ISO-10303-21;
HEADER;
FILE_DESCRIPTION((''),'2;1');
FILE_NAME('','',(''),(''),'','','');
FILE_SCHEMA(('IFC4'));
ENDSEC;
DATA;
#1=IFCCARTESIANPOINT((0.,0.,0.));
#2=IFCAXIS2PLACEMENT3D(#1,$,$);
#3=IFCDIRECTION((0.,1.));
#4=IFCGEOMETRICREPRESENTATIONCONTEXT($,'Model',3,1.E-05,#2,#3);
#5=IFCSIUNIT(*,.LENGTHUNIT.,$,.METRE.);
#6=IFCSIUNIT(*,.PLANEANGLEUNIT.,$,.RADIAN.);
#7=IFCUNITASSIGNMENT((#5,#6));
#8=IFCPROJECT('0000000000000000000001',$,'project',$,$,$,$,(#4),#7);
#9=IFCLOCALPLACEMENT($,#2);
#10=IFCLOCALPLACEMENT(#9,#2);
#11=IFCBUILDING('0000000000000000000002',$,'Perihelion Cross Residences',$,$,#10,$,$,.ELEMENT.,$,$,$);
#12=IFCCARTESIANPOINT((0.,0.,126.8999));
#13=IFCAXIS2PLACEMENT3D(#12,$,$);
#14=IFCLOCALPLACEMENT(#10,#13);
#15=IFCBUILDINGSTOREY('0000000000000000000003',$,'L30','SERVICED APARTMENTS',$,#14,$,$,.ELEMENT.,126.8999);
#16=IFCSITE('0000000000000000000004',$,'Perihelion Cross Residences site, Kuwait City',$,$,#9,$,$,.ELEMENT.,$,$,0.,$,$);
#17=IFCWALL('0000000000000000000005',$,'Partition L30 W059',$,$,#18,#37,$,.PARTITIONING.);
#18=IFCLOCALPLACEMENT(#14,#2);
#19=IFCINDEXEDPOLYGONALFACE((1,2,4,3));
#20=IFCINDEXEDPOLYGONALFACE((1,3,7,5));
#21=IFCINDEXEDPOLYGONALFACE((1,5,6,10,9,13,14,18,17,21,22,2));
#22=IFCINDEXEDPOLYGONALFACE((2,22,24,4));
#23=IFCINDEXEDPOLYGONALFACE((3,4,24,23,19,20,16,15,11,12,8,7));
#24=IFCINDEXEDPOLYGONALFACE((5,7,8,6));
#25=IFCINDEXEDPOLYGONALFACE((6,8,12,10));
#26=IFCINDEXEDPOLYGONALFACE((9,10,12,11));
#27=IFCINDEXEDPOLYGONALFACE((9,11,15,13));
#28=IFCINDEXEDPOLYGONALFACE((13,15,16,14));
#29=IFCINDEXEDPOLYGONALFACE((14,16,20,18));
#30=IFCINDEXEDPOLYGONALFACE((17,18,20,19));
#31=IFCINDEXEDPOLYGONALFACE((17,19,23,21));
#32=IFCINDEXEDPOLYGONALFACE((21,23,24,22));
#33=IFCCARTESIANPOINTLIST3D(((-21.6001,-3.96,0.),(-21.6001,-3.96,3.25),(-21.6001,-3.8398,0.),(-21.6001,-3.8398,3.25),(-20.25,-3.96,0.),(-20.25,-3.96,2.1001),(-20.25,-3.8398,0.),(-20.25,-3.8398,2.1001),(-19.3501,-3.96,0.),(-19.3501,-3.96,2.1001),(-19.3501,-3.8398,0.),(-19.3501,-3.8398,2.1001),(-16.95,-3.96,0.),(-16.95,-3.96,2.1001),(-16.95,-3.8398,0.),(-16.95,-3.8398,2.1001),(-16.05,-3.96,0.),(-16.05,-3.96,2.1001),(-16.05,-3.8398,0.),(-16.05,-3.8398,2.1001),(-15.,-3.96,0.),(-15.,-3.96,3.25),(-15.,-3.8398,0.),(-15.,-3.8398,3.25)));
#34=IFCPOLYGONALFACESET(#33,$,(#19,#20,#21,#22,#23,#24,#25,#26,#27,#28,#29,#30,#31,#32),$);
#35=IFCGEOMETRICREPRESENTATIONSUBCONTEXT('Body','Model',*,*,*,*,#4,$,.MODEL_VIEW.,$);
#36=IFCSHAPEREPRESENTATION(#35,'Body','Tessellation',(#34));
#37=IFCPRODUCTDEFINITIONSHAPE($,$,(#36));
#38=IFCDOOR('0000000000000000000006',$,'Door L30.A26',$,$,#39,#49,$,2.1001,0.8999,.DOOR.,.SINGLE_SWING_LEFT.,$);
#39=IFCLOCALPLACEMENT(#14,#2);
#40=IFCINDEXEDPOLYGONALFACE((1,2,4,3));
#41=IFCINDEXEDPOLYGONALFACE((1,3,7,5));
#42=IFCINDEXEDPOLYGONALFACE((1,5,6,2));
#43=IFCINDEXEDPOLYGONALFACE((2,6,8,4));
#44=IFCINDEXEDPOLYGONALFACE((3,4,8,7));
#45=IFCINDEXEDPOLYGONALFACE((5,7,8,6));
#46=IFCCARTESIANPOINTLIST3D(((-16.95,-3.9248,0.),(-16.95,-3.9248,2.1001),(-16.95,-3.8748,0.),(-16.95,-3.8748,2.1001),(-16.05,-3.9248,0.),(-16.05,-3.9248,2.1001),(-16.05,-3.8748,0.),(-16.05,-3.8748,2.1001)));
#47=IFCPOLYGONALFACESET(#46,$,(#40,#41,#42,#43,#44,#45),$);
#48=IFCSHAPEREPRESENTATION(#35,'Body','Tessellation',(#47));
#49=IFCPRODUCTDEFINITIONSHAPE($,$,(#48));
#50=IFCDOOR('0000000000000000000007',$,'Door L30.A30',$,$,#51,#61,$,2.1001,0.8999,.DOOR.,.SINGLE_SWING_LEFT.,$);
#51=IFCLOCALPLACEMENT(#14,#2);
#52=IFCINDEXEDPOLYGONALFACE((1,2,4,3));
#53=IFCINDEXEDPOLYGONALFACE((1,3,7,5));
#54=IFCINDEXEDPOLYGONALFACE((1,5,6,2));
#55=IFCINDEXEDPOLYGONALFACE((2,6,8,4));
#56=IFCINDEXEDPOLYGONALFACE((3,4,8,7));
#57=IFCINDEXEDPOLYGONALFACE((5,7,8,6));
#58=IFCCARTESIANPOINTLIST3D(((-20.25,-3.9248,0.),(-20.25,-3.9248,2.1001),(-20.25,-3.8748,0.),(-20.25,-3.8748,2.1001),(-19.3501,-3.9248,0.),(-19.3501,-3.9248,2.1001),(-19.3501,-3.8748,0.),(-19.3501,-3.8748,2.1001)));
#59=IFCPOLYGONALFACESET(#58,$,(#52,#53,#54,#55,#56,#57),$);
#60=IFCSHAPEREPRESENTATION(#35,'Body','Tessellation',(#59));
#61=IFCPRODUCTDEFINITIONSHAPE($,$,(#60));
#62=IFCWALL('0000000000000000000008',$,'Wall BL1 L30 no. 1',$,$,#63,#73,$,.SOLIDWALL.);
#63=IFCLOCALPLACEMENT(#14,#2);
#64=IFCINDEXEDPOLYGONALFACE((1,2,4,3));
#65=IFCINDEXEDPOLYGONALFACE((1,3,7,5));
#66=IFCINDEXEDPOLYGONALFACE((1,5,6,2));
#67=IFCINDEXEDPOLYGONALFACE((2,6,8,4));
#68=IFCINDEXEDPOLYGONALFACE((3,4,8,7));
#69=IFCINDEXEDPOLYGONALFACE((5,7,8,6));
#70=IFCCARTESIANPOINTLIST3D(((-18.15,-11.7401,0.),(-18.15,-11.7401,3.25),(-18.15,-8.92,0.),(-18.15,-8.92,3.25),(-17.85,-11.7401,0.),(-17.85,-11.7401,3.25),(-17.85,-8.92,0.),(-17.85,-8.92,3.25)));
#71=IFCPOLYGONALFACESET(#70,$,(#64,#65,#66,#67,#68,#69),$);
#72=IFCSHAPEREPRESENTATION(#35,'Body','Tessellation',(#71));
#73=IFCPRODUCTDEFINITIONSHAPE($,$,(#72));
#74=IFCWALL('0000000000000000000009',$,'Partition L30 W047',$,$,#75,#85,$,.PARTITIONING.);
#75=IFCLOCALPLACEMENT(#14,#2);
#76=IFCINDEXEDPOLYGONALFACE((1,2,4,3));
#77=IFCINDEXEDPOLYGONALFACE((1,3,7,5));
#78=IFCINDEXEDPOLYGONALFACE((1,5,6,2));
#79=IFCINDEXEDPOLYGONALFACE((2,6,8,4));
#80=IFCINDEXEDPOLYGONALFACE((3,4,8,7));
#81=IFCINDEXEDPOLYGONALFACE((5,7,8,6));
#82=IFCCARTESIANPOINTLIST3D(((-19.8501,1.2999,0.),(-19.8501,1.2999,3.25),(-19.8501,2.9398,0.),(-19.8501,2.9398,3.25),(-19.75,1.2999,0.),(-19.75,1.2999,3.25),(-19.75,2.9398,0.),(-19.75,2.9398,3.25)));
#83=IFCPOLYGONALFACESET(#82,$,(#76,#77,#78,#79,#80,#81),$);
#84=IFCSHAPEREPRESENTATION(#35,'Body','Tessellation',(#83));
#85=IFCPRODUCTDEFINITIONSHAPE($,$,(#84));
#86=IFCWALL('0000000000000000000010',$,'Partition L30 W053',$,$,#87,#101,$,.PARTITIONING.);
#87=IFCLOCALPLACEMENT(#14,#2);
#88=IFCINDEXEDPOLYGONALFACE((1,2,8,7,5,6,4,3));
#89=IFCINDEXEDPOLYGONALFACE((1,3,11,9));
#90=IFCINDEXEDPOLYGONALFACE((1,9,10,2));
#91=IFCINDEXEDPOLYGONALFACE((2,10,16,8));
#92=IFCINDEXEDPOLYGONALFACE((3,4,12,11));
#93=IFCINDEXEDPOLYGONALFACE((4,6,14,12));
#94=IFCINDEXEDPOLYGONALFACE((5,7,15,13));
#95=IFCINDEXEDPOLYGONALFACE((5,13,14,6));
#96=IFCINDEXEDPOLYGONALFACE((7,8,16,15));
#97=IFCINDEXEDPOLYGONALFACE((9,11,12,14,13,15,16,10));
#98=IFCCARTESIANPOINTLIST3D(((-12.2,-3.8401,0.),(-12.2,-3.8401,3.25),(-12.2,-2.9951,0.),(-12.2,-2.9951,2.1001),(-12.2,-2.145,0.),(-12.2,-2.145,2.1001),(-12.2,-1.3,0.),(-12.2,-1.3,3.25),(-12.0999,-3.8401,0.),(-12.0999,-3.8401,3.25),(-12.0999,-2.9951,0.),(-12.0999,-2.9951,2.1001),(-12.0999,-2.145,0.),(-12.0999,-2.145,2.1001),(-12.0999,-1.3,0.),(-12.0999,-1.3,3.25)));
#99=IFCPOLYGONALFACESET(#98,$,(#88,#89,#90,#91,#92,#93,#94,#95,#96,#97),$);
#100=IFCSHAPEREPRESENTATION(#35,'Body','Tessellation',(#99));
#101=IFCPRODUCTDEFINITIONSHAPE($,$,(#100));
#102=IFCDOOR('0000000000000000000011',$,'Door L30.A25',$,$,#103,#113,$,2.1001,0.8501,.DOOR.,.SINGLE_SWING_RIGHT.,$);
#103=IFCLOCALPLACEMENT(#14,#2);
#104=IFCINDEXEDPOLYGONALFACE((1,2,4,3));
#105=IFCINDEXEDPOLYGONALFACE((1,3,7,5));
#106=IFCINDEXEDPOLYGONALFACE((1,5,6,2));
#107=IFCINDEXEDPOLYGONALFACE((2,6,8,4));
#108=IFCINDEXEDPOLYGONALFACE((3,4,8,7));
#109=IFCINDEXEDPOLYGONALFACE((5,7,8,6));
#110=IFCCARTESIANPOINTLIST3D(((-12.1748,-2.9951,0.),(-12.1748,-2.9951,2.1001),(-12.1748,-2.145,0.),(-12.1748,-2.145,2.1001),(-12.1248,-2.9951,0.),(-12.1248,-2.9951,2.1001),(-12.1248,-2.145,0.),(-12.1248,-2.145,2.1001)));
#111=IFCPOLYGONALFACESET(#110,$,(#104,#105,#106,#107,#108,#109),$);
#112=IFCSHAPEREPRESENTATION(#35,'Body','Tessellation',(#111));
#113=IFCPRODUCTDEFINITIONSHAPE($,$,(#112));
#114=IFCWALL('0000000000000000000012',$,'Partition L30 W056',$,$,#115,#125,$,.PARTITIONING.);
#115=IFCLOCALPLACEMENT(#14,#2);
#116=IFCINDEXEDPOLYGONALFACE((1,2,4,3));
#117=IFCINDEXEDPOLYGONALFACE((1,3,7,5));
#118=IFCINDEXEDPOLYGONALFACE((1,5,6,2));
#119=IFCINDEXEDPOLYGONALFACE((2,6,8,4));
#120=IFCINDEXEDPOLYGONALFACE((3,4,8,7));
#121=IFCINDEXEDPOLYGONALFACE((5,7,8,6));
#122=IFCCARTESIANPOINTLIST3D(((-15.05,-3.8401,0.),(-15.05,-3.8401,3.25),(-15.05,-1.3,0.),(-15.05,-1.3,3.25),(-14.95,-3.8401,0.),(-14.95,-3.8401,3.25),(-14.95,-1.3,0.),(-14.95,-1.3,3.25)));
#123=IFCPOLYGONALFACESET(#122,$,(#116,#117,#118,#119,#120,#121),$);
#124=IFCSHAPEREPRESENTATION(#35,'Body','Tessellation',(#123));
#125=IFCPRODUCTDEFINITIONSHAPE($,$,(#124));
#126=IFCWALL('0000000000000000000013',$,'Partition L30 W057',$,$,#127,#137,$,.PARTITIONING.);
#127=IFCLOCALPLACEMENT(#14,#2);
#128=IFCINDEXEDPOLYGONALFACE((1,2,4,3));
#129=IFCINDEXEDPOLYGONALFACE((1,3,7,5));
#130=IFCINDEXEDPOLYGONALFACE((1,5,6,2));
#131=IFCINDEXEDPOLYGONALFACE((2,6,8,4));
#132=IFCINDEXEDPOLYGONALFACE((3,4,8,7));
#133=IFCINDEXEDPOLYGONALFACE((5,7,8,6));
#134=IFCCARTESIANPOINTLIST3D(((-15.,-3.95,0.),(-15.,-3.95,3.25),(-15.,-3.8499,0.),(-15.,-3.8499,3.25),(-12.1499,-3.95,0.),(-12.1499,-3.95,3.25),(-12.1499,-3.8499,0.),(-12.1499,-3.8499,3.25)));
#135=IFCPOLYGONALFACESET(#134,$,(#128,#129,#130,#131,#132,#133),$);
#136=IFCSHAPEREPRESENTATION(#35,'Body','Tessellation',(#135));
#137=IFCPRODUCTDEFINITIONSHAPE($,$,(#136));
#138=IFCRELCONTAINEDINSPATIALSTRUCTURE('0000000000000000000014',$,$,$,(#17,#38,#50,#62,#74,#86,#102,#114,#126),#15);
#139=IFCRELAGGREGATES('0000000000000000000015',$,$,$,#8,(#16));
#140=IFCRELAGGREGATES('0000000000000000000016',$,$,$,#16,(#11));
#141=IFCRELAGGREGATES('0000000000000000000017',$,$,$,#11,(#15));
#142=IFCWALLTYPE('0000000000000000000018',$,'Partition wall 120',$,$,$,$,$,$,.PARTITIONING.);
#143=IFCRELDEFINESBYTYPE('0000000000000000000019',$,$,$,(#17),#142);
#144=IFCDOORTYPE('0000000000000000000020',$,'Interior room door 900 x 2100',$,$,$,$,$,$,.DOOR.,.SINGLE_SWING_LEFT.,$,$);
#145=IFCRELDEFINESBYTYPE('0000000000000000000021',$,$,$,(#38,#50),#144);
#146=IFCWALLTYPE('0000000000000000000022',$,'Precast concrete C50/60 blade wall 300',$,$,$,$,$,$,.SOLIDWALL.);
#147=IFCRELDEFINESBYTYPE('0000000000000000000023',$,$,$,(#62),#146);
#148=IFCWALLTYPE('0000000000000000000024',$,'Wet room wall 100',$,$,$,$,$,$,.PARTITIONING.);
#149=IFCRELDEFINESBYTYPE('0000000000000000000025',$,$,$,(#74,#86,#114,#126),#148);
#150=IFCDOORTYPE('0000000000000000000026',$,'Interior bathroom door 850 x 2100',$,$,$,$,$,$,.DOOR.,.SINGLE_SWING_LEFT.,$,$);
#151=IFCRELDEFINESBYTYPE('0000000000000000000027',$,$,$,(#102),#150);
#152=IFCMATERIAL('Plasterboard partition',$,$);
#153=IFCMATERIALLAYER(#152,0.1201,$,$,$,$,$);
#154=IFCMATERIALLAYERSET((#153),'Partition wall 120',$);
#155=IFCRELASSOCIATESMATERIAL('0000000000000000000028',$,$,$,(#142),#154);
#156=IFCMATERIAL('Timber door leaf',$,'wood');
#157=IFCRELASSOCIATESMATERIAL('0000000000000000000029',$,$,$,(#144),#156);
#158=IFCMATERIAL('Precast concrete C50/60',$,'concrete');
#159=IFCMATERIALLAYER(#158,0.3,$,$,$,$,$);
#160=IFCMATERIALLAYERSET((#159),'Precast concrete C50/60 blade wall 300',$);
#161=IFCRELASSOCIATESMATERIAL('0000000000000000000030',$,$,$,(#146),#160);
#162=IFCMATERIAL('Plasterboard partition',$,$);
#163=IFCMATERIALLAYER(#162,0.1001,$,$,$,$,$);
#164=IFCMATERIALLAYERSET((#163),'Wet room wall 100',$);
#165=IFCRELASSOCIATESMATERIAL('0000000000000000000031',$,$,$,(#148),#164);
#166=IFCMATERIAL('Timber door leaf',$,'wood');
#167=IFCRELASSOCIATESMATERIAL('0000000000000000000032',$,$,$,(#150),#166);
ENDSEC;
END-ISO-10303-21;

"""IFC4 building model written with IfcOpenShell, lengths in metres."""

from ifc_helpers import new_model, si_unit, direction, frame, frame_2d, origin, place, context, subcontext, project, spatial, rectangle, extrude, material, layer, layer_set, type_object, element, fill, save


model = new_model("IFC4")

# Units and contexts
model_context = context("Model", 3, precision=1e-05, world=origin(), true_north=direction((0.0, 1.0)))
body_context = subcontext(model_context, "Body", "Model", "MODEL_VIEW")
ifc_project = project(units=[si_unit("LENGTHUNIT", "METRE"), si_unit("PLANEANGLEUNIT", "RADIAN")], contexts=[model_context])

# Site, building, storey
site_placement = place(None, origin())
site = spatial("IfcSite", under=ifc_project, at=site_placement, Name="Perihelion Cross Residences site, Kuwait City", CompositionType="ELEMENT", RefElevation=0.0)
building_placement = place(site_placement, origin())
building = spatial("IfcBuilding", under=site, at=building_placement, Name="Perihelion Cross Residences", CompositionType="ELEMENT")
storey_placement = place(building_placement, frame((0.0, 0.0, 126.8999)))
storey = spatial("IfcBuildingStorey", under=building, at=storey_placement, Name="L30", Description="SERVICED APARTMENTS", CompositionType="ELEMENT", Elevation=126.8999)

# Shared definitions
ifc_material_1 = material(Name="Plasterboard partition")
ifc_layer_1 = layer(ifc_material_1, 0.1201)
ifc_layer_set_1 = layer_set([ifc_layer_1], Name="Partition wall 120")
wall_type_1 = type_object("IfcWallType", Name="Partition wall 120", PredefinedType="PARTITIONING", material=ifc_layer_set_1)
ifc_material_2 = material(Name="Timber door leaf", Category="wood")
door_type_1 = type_object("IfcDoorType", Name="Interior room door 900 x 2100", OperationType="SINGLE_SWING_LEFT", PredefinedType="DOOR", material=ifc_material_2)

# Wall, openings, doors
wall_1_placement = place(storey_placement, frame((-15.0, -3.8999, 0.0), z_axis=(0.0, 0.0, 1.0), x_axis=(-1.0, 0.0, 0.0)))
wall_1 = element("IfcWall", 1, at=wall_1_placement, inside=storey, type_object=wall_type_1, Name="Partition L30 W059", PredefinedType="PARTITIONING", context=body_context, shape_type="SweptSolid", body=[
    extrude(rectangle(XDim=6.6001, YDim=0.1201, at=frame_2d((3.3, 0.0))), origin(), (0.0, 0.0, 1.0), 3.25),
])
opening_1_placement = place(wall_1_placement, frame((1.05, 0.0, 0.0)))
opening_1 = element("IfcOpeningElement", 2, at=opening_1_placement, cuts=wall_1, PredefinedType="OPENING", context=body_context, shape_type="SweptSolid", body=[
    extrude(rectangle(XDim=0.8999, YDim=2.1001, at=frame_2d((0.45, 1.05))), frame((0.0, 0.0701, 0.0), z_axis=(0.0, -1.0, 0.0), x_axis=(1.0, 0.0, 0.0)), (0.0, 0.0, 1.0), 0.1401),
])
opening_2_placement = place(wall_1_placement, frame((4.3501, 0.0, 0.0)))
opening_2 = element("IfcOpeningElement", 3, at=opening_2_placement, cuts=wall_1, PredefinedType="OPENING", context=body_context, shape_type="SweptSolid", body=[
    extrude(rectangle(XDim=0.8999, YDim=2.1001, at=frame_2d((0.45, 1.05))), frame((0.0, 0.0701, 0.0), z_axis=(0.0, -1.0, 0.0), x_axis=(1.0, 0.0, 0.0)), (0.0, 0.0, 1.0), 0.1401),
])
door_1_placement = place(opening_1_placement, origin())
door_1 = element("IfcDoor", 4, at=door_1_placement, inside=storey, type_object=door_type_1, Name="Door L30.A26", OperationType="SINGLE_SWING_LEFT", OverallHeight=2.1001, OverallWidth=0.8999, PredefinedType="DOOR", context=body_context, shape_type="SweptSolid", body=[
    extrude(rectangle(XDim=0.8999, YDim=2.1001, at=frame_2d((0.45, 1.05))), frame((0.0, 0.0249, 0.0), z_axis=(0.0, -1.0, 0.0), x_axis=(1.0, 0.0, 0.0)), (0.0, 0.0, 1.0), 0.05),
])
fill(opening_1, door_1)
door_2_placement = place(opening_2_placement, origin())
door_2 = element("IfcDoor", 5, at=door_2_placement, inside=storey, type_object=door_type_1, Name="Door L30.A30", OperationType="SINGLE_SWING_LEFT", OverallHeight=2.1001, OverallWidth=0.8999, PredefinedType="DOOR", context=body_context, shape_type="SweptSolid", body=[
    extrude(rectangle(XDim=0.8999, YDim=2.1001, at=frame_2d((0.45, 1.05))), frame((0.0, 0.0249, 0.0), z_axis=(0.0, -1.0, 0.0), x_axis=(1.0, 0.0, 0.0)), (0.0, 0.0, 1.0), 0.05),
])
fill(opening_2, door_2)

# Walls
ifc_material_3 = material(Name="Precast concrete C50/60", Category="concrete")
ifc_layer_2 = layer(ifc_material_3, 0.3)
ifc_layer_set_2 = layer_set([ifc_layer_2], Name="Precast concrete C50/60 blade wall 300")
wall_type_2 = type_object("IfcWallType", Name="Precast concrete C50/60 blade wall 300", PredefinedType="SOLIDWALL", material=ifc_layer_set_2)
wall_2_placement = place(storey_placement, frame((-18.0, -8.9199, 0.0), z_axis=(0.0, 0.0, 1.0), x_axis=(0.0, -1.0, 0.0)))
element("IfcWall", 6, at=wall_2_placement, inside=storey, type_object=wall_type_2, Name="Wall BL1 L30 no. 1", PredefinedType="SOLIDWALL", context=body_context, shape_type="SweptSolid", body=[
    extrude(rectangle(XDim=2.8201, YDim=0.3, at=frame_2d((1.4102, 0.0))), origin(), (0.0, 0.0, 1.0), 3.25),
])
ifc_material_4 = material(Name="Plasterboard partition")
ifc_layer_3 = layer(ifc_material_4, 0.1001)
ifc_layer_set_3 = layer_set([ifc_layer_3], Name="Wet room wall 100")
wall_type_3 = type_object("IfcWallType", Name="Wet room wall 100", PredefinedType="PARTITIONING", material=ifc_layer_set_3)
wall_3_placement = place(storey_placement, frame((-19.8, 1.3, 0.0), z_axis=(0.0, 0.0, 1.0), x_axis=(0.0, 1.0, 0.0)))
element("IfcWall", 7, at=wall_3_placement, inside=storey, type_object=wall_type_3, Name="Partition L30 W047", PredefinedType="PARTITIONING", context=body_context, shape_type="SweptSolid", body=[
    extrude(rectangle(XDim=1.6399, YDim=0.1001, at=frame_2d((0.8198, 0.0))), origin(), (0.0, 0.0, 1.0), 3.25),
])

# Wall, opening, door
wall_4_placement = place(storey_placement, frame((-12.1499, -3.8401, 0.0), z_axis=(0.0, 0.0, 1.0), x_axis=(0.0, 1.0, 0.0)))
wall_4 = element("IfcWall", 8, at=wall_4_placement, inside=storey, type_object=wall_type_3, Name="Partition L30 W053", PredefinedType="PARTITIONING", context=body_context, shape_type="SweptSolid", body=[
    extrude(rectangle(XDim=2.54, YDim=0.1001, at=frame_2d((1.27, 0.0))), origin(), (0.0, 0.0, 1.0), 3.25),
])
opening_3_placement = place(wall_4_placement, frame((0.845, 0.0, 0.0)))
opening_3 = element("IfcOpeningElement", 9, at=opening_3_placement, cuts=wall_4, PredefinedType="OPENING", context=body_context, shape_type="SweptSolid", body=[
    extrude(rectangle(XDim=0.8501, YDim=2.1001, at=frame_2d((0.425, 1.05))), frame((0.0, 0.0601, 0.0), z_axis=(0.0, -1.0, 0.0), x_axis=(1.0, 0.0, 0.0)), (0.0, 0.0, 1.0), 0.1201),
])
ifc_material_5 = material(Name="Timber door leaf", Category="wood")
door_type_2 = type_object("IfcDoorType", Name="Interior bathroom door 850 x 2100", OperationType="SINGLE_SWING_LEFT", PredefinedType="DOOR", material=ifc_material_5)
door_3_placement = place(opening_3_placement, origin())
door_3 = element("IfcDoor", 10, at=door_3_placement, inside=storey, type_object=door_type_2, Name="Door L30.A25", OperationType="SINGLE_SWING_RIGHT", OverallHeight=2.1001, OverallWidth=0.8501, PredefinedType="DOOR", context=body_context, shape_type="SweptSolid", body=[
    extrude(rectangle(XDim=0.8501, YDim=2.1001, at=frame_2d((0.425, 1.05))), frame((0.0, 0.0249, 0.0), z_axis=(0.0, -1.0, 0.0), x_axis=(1.0, 0.0, 0.0)), (0.0, 0.0, 1.0), 0.05),
])
fill(opening_3, door_3)

# Walls
wall_5_placement = place(storey_placement, frame((-15.0, -3.8401, 0.0), z_axis=(0.0, 0.0, 1.0), x_axis=(0.0, 1.0, 0.0)))
element("IfcWall", 11, at=wall_5_placement, inside=storey, type_object=wall_type_3, Name="Partition L30 W056", PredefinedType="PARTITIONING", context=body_context, shape_type="SweptSolid", body=[
    extrude(rectangle(XDim=2.54, YDim=0.1001, at=frame_2d((1.27, 0.0))), origin(), (0.0, 0.0, 1.0), 3.25),
])
wall_6_placement = place(storey_placement, frame((-12.1499, -3.8999, 0.0), z_axis=(0.0, 0.0, 1.0), x_axis=(-1.0, 0.0, 0.0)))
element("IfcWall", 12, at=wall_6_placement, inside=storey, type_object=wall_type_3, Name="Partition L30 W057", PredefinedType="PARTITIONING", context=body_context, shape_type="SweptSolid", body=[
    extrude(rectangle(XDim=2.8501, YDim=0.1001, at=frame_2d((1.425, 0.0))), origin(), (0.0, 0.0, 1.0), 3.25),
])

save(model, "model.ifc")
